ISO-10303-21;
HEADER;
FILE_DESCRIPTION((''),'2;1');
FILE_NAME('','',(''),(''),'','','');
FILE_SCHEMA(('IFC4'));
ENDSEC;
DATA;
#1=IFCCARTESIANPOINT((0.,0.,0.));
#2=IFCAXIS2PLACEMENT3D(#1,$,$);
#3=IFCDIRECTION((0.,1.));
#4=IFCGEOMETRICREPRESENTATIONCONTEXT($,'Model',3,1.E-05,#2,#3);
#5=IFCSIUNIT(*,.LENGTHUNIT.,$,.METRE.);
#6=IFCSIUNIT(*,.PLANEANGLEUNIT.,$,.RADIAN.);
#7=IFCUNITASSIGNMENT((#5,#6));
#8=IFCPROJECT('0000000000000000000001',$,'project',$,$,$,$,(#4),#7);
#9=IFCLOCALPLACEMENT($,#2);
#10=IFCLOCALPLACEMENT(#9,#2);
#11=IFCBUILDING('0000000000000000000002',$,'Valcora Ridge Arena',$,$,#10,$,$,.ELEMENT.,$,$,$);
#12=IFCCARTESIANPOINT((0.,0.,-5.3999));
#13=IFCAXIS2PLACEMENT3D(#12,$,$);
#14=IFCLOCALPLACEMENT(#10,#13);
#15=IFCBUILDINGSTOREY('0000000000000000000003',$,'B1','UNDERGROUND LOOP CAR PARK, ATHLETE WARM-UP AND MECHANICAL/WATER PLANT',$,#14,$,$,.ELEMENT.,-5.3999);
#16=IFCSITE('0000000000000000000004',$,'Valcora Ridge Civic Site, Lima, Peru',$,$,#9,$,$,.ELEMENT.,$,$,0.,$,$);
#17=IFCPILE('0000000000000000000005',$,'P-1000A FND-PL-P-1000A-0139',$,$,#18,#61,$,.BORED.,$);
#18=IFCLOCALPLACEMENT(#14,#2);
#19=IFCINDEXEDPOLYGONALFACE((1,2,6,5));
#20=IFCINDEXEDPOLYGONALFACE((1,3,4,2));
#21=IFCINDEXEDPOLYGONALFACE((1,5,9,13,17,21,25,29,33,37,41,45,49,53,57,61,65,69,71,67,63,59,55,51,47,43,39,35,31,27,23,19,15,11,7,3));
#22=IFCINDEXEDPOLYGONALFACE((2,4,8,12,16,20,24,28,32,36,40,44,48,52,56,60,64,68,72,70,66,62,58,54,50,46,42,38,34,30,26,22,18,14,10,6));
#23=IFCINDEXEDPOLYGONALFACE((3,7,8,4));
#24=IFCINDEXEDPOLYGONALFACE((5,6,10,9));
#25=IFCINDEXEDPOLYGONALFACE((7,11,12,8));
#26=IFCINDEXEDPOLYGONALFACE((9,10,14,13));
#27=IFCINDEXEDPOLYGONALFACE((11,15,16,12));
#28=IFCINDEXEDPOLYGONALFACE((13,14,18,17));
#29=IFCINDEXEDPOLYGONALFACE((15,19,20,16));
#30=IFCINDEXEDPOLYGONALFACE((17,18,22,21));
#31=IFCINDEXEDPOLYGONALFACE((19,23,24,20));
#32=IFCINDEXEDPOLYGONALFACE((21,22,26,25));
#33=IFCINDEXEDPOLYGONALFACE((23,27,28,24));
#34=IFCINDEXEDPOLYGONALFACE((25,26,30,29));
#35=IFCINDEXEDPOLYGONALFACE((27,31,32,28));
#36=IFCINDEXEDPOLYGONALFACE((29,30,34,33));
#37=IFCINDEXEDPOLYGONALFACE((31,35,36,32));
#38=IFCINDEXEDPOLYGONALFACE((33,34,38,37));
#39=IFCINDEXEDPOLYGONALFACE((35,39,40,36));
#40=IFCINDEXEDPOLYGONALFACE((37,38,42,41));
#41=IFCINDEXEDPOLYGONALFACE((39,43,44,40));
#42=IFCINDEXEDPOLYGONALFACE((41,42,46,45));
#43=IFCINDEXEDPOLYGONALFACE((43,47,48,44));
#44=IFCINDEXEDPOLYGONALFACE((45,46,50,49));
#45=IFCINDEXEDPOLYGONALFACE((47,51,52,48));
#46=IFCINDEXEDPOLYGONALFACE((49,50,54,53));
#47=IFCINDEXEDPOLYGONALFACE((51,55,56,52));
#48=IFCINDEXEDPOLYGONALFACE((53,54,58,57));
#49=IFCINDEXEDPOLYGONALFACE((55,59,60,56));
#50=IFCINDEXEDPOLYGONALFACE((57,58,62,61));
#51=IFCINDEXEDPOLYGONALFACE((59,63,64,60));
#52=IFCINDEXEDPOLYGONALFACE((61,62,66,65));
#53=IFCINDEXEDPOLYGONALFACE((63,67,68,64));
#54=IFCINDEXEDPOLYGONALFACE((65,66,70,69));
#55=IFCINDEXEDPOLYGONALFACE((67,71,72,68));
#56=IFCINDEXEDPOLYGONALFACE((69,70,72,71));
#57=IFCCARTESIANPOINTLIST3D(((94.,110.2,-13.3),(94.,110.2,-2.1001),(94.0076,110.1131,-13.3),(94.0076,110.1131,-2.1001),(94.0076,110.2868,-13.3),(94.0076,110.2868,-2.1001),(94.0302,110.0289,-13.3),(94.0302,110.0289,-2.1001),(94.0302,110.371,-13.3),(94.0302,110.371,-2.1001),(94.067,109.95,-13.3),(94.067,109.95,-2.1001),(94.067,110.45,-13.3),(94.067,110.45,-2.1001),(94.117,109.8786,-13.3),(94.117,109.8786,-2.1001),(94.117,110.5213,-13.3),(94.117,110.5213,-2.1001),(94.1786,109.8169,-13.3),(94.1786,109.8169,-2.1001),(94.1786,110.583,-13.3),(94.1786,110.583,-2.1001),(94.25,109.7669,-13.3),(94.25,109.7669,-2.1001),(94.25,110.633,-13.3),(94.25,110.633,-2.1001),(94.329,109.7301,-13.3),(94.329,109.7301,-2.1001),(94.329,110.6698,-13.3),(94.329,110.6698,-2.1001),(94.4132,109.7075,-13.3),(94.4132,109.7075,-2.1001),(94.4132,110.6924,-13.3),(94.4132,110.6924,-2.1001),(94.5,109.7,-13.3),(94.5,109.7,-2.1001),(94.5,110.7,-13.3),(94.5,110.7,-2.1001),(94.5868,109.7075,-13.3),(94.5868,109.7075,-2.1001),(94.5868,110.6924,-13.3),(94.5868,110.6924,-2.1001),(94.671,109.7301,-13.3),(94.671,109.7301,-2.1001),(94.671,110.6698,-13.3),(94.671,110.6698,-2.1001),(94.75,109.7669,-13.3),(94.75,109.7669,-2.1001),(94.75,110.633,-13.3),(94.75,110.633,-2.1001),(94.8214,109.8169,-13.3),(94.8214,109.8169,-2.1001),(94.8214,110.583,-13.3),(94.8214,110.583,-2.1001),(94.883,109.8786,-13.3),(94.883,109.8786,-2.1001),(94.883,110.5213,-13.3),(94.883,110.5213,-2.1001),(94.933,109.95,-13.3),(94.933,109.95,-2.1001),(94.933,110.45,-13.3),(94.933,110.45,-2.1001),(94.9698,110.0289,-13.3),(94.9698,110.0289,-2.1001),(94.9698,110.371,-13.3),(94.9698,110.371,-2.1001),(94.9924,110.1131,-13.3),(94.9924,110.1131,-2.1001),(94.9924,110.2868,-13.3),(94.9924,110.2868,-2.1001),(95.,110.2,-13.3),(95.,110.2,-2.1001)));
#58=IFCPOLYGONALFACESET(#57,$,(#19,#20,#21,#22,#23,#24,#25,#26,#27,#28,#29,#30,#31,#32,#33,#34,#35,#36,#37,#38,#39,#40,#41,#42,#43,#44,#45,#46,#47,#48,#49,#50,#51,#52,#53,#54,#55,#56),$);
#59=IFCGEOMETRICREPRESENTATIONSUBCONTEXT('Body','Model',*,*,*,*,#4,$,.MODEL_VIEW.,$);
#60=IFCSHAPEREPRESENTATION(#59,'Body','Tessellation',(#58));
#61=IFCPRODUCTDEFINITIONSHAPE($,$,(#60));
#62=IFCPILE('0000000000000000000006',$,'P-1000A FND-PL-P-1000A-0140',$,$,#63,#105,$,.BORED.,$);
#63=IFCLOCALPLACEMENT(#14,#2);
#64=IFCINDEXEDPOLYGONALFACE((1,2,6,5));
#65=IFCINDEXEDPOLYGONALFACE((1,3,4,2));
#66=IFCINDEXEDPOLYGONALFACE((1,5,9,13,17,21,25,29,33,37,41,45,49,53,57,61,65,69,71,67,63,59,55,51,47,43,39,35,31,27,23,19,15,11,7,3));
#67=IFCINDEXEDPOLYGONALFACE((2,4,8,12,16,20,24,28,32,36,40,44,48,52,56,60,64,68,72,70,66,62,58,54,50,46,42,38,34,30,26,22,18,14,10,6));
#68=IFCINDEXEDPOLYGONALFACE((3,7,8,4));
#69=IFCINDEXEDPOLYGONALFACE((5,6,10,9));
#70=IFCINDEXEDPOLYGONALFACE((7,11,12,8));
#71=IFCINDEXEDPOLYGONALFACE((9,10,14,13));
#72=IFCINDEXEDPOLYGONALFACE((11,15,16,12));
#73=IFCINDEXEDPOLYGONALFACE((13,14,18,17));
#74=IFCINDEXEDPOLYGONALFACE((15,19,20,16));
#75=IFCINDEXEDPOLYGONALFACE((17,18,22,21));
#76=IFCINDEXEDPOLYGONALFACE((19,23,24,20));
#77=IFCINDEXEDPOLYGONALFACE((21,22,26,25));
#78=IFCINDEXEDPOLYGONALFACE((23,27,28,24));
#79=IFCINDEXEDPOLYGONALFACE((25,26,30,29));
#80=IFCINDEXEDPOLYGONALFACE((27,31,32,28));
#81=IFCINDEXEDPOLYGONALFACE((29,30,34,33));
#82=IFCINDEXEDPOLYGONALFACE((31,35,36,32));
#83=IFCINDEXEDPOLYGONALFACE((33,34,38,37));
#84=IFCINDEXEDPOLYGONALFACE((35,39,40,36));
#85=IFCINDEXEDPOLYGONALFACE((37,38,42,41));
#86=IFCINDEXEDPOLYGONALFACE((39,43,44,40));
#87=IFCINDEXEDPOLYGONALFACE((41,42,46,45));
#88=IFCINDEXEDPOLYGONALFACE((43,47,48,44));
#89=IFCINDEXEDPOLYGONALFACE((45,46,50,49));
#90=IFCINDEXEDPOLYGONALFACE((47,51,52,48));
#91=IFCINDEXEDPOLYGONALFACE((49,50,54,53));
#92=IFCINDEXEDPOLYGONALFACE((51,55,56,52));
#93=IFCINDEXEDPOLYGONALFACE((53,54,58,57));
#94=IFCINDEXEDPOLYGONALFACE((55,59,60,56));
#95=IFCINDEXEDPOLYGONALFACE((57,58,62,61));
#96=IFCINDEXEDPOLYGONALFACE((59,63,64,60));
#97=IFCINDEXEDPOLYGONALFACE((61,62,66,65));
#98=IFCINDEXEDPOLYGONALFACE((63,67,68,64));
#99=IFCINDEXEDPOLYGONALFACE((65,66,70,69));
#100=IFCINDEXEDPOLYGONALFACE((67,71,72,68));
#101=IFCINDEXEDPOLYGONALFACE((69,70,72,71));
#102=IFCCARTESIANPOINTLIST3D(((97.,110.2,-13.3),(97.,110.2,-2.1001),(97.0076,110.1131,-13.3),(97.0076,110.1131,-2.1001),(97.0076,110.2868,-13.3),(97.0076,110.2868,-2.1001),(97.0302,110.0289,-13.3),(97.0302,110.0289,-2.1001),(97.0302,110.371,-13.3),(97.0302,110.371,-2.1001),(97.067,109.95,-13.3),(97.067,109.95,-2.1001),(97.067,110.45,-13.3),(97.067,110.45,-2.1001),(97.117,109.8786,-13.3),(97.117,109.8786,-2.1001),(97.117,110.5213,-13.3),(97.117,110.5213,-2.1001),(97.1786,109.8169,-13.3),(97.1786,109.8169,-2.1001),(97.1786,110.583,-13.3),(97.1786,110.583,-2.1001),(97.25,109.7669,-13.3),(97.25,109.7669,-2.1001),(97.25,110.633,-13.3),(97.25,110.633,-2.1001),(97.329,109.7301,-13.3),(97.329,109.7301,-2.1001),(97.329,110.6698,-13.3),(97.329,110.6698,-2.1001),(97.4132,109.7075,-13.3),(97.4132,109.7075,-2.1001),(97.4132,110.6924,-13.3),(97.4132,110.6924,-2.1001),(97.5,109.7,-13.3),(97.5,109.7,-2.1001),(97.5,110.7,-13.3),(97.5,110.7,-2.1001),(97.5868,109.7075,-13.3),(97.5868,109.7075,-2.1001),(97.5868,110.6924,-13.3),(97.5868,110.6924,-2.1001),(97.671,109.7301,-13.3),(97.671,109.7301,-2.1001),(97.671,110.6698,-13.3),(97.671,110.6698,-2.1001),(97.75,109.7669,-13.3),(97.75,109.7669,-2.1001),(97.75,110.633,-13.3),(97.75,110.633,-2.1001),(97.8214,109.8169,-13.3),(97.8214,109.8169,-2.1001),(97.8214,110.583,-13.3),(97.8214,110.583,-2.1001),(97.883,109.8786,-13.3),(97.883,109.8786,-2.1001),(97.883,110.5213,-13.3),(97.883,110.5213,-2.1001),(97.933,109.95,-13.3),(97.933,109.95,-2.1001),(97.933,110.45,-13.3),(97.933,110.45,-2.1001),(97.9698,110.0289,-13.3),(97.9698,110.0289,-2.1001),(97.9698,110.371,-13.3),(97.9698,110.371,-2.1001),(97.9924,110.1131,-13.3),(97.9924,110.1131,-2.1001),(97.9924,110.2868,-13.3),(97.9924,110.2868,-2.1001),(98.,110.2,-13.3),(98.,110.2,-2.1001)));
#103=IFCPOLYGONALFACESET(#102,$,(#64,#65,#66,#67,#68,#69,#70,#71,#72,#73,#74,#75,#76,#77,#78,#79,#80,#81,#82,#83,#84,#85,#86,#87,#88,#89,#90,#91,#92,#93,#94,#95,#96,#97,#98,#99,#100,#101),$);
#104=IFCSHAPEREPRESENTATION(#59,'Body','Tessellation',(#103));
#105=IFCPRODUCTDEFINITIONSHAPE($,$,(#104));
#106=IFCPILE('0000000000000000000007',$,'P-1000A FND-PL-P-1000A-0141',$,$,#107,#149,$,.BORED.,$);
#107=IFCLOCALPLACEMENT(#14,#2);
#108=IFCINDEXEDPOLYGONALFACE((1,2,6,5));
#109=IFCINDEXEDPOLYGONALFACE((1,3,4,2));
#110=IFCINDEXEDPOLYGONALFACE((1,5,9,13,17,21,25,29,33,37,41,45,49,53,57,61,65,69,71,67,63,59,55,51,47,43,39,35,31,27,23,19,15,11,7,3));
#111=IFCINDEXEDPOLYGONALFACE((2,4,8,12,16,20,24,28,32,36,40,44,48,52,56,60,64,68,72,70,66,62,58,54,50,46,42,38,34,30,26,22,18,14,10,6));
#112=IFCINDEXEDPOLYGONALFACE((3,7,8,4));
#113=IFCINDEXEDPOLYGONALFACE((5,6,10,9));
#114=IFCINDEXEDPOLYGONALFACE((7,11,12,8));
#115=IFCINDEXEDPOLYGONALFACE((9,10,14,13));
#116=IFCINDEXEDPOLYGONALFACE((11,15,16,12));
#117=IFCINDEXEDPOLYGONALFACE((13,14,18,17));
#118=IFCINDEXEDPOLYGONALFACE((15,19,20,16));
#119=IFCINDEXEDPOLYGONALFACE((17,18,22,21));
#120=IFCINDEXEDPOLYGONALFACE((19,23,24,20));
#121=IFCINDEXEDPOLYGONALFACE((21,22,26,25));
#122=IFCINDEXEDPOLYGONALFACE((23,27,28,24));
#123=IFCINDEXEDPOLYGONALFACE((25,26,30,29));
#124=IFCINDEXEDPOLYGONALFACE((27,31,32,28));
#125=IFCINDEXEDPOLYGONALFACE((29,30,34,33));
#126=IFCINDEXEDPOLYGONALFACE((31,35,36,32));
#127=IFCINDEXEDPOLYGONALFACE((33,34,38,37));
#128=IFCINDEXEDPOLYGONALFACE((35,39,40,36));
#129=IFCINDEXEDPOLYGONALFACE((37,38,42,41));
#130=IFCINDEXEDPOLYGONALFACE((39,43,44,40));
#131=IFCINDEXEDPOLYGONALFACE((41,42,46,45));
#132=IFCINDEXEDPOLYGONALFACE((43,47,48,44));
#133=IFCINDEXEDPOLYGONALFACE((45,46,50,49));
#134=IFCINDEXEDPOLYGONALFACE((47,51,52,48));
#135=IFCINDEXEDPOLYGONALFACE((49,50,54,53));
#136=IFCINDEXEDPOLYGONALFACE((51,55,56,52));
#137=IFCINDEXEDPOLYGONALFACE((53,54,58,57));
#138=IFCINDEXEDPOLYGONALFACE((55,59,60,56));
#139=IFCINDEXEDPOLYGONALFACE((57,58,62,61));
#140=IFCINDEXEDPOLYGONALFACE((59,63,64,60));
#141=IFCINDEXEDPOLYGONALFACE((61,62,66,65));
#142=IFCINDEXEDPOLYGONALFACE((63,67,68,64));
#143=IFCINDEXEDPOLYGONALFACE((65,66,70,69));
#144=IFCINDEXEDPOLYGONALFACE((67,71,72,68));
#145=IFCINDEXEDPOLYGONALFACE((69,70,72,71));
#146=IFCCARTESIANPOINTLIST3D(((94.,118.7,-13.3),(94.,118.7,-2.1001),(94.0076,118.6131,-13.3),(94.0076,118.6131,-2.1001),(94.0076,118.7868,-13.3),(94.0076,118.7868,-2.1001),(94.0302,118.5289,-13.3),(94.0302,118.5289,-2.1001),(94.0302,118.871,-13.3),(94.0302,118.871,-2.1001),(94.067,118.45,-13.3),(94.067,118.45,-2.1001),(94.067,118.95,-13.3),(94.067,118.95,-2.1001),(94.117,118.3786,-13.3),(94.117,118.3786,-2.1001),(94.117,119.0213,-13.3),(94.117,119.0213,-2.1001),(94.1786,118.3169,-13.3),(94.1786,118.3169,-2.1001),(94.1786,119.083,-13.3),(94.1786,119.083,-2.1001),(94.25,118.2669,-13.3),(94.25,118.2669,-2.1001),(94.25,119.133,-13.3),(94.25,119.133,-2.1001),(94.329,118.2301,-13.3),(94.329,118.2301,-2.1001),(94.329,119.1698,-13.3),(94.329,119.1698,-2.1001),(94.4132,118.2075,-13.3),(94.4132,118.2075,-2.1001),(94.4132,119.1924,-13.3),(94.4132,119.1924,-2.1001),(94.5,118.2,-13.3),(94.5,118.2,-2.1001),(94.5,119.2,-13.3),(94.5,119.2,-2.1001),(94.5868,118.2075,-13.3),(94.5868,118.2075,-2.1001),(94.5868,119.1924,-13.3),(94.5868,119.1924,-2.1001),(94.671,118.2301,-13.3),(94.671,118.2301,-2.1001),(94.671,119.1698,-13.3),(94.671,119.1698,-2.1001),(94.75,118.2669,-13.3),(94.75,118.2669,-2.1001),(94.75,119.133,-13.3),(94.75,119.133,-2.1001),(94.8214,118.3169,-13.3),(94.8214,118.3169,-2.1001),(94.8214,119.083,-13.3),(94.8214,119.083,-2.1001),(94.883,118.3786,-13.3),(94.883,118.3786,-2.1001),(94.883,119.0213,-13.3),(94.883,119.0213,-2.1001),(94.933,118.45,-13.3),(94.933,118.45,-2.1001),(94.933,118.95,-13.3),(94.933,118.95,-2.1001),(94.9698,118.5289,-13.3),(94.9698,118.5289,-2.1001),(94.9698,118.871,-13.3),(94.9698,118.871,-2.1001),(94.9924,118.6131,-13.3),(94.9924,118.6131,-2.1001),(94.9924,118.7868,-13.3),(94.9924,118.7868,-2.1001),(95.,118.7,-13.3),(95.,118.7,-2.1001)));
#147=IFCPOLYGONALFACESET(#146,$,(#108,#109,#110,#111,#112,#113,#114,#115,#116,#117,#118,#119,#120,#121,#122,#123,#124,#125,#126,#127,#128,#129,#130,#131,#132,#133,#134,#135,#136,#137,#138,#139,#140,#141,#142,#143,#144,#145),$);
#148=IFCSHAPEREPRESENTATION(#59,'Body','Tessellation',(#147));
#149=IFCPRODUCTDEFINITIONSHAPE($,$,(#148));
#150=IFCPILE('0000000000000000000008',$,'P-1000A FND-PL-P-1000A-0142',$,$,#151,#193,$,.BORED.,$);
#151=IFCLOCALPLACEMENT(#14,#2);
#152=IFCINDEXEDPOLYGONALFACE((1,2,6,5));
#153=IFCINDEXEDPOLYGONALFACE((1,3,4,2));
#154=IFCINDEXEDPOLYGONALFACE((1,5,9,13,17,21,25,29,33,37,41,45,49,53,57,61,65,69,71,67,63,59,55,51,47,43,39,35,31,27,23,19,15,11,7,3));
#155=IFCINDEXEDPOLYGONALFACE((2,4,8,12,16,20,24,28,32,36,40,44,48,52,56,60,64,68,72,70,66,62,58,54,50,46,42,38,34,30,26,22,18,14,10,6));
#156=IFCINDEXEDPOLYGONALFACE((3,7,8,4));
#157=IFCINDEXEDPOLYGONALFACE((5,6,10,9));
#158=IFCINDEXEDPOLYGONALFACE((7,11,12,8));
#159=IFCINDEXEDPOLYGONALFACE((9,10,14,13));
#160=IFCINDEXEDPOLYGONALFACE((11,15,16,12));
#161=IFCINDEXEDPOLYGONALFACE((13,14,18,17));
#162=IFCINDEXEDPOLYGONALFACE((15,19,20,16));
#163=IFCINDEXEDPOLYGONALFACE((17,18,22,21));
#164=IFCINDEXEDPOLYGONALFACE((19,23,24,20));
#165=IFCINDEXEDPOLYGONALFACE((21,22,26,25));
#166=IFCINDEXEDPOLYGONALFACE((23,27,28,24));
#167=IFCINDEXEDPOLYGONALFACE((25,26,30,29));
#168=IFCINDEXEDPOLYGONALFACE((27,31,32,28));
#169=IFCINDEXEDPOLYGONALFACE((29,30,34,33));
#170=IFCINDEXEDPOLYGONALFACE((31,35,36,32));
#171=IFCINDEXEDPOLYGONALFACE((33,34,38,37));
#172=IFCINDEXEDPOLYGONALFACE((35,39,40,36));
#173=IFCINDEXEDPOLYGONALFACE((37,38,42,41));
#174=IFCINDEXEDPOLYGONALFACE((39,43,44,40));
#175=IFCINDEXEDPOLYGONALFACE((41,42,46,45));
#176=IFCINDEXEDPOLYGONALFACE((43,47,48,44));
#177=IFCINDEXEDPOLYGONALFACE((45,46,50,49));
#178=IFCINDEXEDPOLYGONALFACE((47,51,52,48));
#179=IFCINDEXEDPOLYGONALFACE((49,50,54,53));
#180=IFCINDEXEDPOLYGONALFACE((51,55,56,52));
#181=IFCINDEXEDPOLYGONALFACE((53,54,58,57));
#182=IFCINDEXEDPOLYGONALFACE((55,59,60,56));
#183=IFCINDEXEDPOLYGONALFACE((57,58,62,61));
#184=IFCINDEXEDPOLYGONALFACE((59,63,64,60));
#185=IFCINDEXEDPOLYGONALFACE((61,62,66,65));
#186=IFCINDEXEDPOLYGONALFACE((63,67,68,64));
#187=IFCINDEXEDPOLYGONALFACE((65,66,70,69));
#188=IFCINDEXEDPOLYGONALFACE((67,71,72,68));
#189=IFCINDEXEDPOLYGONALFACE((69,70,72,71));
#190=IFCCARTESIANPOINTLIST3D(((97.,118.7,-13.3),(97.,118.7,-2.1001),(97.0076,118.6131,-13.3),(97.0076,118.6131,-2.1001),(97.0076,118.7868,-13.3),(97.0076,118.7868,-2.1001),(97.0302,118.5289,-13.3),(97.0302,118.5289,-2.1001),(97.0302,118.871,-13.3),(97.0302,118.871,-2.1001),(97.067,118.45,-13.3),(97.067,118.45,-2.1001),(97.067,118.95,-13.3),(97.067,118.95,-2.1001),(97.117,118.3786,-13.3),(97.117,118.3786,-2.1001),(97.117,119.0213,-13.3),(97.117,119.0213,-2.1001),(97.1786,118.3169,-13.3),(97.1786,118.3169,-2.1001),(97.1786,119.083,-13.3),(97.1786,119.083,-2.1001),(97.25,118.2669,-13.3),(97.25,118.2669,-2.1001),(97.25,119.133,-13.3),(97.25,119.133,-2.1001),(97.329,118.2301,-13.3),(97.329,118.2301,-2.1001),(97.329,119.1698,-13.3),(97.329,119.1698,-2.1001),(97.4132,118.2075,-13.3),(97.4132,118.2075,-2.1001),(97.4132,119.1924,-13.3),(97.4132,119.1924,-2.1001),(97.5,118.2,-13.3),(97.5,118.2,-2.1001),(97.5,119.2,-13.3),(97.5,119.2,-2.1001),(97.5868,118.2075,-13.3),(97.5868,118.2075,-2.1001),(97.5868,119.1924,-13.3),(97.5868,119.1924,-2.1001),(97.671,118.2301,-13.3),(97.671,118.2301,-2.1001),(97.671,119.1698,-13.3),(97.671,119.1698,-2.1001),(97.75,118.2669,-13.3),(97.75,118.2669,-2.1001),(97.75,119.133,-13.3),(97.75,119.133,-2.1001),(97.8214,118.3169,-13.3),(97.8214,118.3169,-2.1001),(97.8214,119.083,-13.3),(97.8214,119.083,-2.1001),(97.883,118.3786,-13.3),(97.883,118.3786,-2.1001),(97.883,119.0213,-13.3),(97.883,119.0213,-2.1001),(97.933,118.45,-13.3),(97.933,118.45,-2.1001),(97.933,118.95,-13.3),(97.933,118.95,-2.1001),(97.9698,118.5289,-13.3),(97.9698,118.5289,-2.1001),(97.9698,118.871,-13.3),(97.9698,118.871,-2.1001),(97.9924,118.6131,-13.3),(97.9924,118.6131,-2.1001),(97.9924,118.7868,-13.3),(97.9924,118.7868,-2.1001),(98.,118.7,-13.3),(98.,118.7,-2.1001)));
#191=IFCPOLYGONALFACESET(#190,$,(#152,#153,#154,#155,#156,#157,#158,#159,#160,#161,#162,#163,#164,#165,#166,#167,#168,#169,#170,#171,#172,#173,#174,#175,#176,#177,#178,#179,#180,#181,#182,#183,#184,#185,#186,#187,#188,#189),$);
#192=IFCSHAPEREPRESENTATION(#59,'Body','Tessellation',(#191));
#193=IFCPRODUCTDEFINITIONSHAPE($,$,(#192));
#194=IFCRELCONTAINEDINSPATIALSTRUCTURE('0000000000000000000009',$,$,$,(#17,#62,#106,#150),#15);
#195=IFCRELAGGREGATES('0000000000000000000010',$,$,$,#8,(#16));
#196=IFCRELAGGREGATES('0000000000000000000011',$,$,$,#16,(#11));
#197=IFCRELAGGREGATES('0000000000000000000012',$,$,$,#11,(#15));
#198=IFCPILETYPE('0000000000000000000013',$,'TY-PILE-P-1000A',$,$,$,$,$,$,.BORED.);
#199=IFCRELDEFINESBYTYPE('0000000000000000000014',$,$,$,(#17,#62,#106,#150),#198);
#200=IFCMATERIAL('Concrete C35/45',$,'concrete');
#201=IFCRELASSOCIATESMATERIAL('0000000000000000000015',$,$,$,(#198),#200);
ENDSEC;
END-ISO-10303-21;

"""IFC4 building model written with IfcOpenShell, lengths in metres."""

from ifc_helpers import new_model, si_unit, direction, frame, origin, origin_2d, place, context, subcontext, project, spatial, circle, extrude, material, material_profile, profile_set, type_object, element, save


model = new_model("IFC4")

# Units and contexts
model_context = context("Model", 3, precision=1e-05, world=origin(), true_north=direction((0.0, 1.0)))
body_context = subcontext(model_context, "Body", "Model", "MODEL_VIEW")
ifc_project = project(units=[si_unit("LENGTHUNIT", "METRE"), si_unit("PLANEANGLEUNIT", "RADIAN")], contexts=[model_context])

# Site, building, storey
site_placement = place(None, origin())
site = spatial("IfcSite", under=ifc_project, at=site_placement, Name="Valcora Ridge Civic Site, Lima, Peru", CompositionType="ELEMENT", RefElevation=0.0)
building_placement = place(site_placement, origin())
building = spatial("IfcBuilding", under=site, at=building_placement, Name="Valcora Ridge Arena", CompositionType="ELEMENT")
storey_placement = place(building_placement, frame((0.0, 0.0, -5.3999)))
storey = spatial("IfcBuildingStorey", under=building, at=storey_placement, Name="B1", Description="UNDERGROUND LOOP CAR PARK, ATHLETE WARM-UP AND MECHANICAL/WATER PLANT", CompositionType="ELEMENT", Elevation=-5.3999)

# Piles
ifc_material_1 = material(Name="Concrete C35/45", Category="concrete")
ifc_material_profile_1 = material_profile(ifc_material_1, circle(Radius=0.5, at=origin_2d()), Name="BORED PILE D1000")
ifc_profile_set_1 = profile_set([ifc_material_profile_1], Name="Concrete C35/45")
pile_type_1 = type_object("IfcPileType", Name="TY-PILE-P-1000A", PredefinedType="BORED", material=ifc_profile_set_1)
for number, where, z_axis, x_axis, name in (
    (1, (94.5, 110.2, -2.1001), (0.0, 0.0, -1.0), (1.0, 0.0, 0.0), "P-1000A FND-PL-P-1000A-0139"),
    (2, (97.5, 110.2, -2.1001), (0.0, 0.0, -1.0), (1.0, 0.0, 0.0), "P-1000A FND-PL-P-1000A-0140"),
    (3, (94.5, 118.7, -2.1001), (0.0, 0.0, -1.0), (1.0, 0.0, 0.0), "P-1000A FND-PL-P-1000A-0141"),
    (4, (97.5, 118.7, -2.1001), (0.0, 0.0, -1.0), (1.0, 0.0, 0.0), "P-1000A FND-PL-P-1000A-0142"),
):
    element("IfcPile", number, at=place(storey_placement, frame(where, z_axis=z_axis, x_axis=x_axis)), inside=storey, type_object=pile_type_1, Name=name, PredefinedType="BORED", context=body_context, shape_type="SweptSolid", body=[
        extrude(circle(Radius=0.5, at=origin_2d()), origin(), (0.0, 0.0, 1.0), 11.2),
    ])

save(model, "model.ifc")
